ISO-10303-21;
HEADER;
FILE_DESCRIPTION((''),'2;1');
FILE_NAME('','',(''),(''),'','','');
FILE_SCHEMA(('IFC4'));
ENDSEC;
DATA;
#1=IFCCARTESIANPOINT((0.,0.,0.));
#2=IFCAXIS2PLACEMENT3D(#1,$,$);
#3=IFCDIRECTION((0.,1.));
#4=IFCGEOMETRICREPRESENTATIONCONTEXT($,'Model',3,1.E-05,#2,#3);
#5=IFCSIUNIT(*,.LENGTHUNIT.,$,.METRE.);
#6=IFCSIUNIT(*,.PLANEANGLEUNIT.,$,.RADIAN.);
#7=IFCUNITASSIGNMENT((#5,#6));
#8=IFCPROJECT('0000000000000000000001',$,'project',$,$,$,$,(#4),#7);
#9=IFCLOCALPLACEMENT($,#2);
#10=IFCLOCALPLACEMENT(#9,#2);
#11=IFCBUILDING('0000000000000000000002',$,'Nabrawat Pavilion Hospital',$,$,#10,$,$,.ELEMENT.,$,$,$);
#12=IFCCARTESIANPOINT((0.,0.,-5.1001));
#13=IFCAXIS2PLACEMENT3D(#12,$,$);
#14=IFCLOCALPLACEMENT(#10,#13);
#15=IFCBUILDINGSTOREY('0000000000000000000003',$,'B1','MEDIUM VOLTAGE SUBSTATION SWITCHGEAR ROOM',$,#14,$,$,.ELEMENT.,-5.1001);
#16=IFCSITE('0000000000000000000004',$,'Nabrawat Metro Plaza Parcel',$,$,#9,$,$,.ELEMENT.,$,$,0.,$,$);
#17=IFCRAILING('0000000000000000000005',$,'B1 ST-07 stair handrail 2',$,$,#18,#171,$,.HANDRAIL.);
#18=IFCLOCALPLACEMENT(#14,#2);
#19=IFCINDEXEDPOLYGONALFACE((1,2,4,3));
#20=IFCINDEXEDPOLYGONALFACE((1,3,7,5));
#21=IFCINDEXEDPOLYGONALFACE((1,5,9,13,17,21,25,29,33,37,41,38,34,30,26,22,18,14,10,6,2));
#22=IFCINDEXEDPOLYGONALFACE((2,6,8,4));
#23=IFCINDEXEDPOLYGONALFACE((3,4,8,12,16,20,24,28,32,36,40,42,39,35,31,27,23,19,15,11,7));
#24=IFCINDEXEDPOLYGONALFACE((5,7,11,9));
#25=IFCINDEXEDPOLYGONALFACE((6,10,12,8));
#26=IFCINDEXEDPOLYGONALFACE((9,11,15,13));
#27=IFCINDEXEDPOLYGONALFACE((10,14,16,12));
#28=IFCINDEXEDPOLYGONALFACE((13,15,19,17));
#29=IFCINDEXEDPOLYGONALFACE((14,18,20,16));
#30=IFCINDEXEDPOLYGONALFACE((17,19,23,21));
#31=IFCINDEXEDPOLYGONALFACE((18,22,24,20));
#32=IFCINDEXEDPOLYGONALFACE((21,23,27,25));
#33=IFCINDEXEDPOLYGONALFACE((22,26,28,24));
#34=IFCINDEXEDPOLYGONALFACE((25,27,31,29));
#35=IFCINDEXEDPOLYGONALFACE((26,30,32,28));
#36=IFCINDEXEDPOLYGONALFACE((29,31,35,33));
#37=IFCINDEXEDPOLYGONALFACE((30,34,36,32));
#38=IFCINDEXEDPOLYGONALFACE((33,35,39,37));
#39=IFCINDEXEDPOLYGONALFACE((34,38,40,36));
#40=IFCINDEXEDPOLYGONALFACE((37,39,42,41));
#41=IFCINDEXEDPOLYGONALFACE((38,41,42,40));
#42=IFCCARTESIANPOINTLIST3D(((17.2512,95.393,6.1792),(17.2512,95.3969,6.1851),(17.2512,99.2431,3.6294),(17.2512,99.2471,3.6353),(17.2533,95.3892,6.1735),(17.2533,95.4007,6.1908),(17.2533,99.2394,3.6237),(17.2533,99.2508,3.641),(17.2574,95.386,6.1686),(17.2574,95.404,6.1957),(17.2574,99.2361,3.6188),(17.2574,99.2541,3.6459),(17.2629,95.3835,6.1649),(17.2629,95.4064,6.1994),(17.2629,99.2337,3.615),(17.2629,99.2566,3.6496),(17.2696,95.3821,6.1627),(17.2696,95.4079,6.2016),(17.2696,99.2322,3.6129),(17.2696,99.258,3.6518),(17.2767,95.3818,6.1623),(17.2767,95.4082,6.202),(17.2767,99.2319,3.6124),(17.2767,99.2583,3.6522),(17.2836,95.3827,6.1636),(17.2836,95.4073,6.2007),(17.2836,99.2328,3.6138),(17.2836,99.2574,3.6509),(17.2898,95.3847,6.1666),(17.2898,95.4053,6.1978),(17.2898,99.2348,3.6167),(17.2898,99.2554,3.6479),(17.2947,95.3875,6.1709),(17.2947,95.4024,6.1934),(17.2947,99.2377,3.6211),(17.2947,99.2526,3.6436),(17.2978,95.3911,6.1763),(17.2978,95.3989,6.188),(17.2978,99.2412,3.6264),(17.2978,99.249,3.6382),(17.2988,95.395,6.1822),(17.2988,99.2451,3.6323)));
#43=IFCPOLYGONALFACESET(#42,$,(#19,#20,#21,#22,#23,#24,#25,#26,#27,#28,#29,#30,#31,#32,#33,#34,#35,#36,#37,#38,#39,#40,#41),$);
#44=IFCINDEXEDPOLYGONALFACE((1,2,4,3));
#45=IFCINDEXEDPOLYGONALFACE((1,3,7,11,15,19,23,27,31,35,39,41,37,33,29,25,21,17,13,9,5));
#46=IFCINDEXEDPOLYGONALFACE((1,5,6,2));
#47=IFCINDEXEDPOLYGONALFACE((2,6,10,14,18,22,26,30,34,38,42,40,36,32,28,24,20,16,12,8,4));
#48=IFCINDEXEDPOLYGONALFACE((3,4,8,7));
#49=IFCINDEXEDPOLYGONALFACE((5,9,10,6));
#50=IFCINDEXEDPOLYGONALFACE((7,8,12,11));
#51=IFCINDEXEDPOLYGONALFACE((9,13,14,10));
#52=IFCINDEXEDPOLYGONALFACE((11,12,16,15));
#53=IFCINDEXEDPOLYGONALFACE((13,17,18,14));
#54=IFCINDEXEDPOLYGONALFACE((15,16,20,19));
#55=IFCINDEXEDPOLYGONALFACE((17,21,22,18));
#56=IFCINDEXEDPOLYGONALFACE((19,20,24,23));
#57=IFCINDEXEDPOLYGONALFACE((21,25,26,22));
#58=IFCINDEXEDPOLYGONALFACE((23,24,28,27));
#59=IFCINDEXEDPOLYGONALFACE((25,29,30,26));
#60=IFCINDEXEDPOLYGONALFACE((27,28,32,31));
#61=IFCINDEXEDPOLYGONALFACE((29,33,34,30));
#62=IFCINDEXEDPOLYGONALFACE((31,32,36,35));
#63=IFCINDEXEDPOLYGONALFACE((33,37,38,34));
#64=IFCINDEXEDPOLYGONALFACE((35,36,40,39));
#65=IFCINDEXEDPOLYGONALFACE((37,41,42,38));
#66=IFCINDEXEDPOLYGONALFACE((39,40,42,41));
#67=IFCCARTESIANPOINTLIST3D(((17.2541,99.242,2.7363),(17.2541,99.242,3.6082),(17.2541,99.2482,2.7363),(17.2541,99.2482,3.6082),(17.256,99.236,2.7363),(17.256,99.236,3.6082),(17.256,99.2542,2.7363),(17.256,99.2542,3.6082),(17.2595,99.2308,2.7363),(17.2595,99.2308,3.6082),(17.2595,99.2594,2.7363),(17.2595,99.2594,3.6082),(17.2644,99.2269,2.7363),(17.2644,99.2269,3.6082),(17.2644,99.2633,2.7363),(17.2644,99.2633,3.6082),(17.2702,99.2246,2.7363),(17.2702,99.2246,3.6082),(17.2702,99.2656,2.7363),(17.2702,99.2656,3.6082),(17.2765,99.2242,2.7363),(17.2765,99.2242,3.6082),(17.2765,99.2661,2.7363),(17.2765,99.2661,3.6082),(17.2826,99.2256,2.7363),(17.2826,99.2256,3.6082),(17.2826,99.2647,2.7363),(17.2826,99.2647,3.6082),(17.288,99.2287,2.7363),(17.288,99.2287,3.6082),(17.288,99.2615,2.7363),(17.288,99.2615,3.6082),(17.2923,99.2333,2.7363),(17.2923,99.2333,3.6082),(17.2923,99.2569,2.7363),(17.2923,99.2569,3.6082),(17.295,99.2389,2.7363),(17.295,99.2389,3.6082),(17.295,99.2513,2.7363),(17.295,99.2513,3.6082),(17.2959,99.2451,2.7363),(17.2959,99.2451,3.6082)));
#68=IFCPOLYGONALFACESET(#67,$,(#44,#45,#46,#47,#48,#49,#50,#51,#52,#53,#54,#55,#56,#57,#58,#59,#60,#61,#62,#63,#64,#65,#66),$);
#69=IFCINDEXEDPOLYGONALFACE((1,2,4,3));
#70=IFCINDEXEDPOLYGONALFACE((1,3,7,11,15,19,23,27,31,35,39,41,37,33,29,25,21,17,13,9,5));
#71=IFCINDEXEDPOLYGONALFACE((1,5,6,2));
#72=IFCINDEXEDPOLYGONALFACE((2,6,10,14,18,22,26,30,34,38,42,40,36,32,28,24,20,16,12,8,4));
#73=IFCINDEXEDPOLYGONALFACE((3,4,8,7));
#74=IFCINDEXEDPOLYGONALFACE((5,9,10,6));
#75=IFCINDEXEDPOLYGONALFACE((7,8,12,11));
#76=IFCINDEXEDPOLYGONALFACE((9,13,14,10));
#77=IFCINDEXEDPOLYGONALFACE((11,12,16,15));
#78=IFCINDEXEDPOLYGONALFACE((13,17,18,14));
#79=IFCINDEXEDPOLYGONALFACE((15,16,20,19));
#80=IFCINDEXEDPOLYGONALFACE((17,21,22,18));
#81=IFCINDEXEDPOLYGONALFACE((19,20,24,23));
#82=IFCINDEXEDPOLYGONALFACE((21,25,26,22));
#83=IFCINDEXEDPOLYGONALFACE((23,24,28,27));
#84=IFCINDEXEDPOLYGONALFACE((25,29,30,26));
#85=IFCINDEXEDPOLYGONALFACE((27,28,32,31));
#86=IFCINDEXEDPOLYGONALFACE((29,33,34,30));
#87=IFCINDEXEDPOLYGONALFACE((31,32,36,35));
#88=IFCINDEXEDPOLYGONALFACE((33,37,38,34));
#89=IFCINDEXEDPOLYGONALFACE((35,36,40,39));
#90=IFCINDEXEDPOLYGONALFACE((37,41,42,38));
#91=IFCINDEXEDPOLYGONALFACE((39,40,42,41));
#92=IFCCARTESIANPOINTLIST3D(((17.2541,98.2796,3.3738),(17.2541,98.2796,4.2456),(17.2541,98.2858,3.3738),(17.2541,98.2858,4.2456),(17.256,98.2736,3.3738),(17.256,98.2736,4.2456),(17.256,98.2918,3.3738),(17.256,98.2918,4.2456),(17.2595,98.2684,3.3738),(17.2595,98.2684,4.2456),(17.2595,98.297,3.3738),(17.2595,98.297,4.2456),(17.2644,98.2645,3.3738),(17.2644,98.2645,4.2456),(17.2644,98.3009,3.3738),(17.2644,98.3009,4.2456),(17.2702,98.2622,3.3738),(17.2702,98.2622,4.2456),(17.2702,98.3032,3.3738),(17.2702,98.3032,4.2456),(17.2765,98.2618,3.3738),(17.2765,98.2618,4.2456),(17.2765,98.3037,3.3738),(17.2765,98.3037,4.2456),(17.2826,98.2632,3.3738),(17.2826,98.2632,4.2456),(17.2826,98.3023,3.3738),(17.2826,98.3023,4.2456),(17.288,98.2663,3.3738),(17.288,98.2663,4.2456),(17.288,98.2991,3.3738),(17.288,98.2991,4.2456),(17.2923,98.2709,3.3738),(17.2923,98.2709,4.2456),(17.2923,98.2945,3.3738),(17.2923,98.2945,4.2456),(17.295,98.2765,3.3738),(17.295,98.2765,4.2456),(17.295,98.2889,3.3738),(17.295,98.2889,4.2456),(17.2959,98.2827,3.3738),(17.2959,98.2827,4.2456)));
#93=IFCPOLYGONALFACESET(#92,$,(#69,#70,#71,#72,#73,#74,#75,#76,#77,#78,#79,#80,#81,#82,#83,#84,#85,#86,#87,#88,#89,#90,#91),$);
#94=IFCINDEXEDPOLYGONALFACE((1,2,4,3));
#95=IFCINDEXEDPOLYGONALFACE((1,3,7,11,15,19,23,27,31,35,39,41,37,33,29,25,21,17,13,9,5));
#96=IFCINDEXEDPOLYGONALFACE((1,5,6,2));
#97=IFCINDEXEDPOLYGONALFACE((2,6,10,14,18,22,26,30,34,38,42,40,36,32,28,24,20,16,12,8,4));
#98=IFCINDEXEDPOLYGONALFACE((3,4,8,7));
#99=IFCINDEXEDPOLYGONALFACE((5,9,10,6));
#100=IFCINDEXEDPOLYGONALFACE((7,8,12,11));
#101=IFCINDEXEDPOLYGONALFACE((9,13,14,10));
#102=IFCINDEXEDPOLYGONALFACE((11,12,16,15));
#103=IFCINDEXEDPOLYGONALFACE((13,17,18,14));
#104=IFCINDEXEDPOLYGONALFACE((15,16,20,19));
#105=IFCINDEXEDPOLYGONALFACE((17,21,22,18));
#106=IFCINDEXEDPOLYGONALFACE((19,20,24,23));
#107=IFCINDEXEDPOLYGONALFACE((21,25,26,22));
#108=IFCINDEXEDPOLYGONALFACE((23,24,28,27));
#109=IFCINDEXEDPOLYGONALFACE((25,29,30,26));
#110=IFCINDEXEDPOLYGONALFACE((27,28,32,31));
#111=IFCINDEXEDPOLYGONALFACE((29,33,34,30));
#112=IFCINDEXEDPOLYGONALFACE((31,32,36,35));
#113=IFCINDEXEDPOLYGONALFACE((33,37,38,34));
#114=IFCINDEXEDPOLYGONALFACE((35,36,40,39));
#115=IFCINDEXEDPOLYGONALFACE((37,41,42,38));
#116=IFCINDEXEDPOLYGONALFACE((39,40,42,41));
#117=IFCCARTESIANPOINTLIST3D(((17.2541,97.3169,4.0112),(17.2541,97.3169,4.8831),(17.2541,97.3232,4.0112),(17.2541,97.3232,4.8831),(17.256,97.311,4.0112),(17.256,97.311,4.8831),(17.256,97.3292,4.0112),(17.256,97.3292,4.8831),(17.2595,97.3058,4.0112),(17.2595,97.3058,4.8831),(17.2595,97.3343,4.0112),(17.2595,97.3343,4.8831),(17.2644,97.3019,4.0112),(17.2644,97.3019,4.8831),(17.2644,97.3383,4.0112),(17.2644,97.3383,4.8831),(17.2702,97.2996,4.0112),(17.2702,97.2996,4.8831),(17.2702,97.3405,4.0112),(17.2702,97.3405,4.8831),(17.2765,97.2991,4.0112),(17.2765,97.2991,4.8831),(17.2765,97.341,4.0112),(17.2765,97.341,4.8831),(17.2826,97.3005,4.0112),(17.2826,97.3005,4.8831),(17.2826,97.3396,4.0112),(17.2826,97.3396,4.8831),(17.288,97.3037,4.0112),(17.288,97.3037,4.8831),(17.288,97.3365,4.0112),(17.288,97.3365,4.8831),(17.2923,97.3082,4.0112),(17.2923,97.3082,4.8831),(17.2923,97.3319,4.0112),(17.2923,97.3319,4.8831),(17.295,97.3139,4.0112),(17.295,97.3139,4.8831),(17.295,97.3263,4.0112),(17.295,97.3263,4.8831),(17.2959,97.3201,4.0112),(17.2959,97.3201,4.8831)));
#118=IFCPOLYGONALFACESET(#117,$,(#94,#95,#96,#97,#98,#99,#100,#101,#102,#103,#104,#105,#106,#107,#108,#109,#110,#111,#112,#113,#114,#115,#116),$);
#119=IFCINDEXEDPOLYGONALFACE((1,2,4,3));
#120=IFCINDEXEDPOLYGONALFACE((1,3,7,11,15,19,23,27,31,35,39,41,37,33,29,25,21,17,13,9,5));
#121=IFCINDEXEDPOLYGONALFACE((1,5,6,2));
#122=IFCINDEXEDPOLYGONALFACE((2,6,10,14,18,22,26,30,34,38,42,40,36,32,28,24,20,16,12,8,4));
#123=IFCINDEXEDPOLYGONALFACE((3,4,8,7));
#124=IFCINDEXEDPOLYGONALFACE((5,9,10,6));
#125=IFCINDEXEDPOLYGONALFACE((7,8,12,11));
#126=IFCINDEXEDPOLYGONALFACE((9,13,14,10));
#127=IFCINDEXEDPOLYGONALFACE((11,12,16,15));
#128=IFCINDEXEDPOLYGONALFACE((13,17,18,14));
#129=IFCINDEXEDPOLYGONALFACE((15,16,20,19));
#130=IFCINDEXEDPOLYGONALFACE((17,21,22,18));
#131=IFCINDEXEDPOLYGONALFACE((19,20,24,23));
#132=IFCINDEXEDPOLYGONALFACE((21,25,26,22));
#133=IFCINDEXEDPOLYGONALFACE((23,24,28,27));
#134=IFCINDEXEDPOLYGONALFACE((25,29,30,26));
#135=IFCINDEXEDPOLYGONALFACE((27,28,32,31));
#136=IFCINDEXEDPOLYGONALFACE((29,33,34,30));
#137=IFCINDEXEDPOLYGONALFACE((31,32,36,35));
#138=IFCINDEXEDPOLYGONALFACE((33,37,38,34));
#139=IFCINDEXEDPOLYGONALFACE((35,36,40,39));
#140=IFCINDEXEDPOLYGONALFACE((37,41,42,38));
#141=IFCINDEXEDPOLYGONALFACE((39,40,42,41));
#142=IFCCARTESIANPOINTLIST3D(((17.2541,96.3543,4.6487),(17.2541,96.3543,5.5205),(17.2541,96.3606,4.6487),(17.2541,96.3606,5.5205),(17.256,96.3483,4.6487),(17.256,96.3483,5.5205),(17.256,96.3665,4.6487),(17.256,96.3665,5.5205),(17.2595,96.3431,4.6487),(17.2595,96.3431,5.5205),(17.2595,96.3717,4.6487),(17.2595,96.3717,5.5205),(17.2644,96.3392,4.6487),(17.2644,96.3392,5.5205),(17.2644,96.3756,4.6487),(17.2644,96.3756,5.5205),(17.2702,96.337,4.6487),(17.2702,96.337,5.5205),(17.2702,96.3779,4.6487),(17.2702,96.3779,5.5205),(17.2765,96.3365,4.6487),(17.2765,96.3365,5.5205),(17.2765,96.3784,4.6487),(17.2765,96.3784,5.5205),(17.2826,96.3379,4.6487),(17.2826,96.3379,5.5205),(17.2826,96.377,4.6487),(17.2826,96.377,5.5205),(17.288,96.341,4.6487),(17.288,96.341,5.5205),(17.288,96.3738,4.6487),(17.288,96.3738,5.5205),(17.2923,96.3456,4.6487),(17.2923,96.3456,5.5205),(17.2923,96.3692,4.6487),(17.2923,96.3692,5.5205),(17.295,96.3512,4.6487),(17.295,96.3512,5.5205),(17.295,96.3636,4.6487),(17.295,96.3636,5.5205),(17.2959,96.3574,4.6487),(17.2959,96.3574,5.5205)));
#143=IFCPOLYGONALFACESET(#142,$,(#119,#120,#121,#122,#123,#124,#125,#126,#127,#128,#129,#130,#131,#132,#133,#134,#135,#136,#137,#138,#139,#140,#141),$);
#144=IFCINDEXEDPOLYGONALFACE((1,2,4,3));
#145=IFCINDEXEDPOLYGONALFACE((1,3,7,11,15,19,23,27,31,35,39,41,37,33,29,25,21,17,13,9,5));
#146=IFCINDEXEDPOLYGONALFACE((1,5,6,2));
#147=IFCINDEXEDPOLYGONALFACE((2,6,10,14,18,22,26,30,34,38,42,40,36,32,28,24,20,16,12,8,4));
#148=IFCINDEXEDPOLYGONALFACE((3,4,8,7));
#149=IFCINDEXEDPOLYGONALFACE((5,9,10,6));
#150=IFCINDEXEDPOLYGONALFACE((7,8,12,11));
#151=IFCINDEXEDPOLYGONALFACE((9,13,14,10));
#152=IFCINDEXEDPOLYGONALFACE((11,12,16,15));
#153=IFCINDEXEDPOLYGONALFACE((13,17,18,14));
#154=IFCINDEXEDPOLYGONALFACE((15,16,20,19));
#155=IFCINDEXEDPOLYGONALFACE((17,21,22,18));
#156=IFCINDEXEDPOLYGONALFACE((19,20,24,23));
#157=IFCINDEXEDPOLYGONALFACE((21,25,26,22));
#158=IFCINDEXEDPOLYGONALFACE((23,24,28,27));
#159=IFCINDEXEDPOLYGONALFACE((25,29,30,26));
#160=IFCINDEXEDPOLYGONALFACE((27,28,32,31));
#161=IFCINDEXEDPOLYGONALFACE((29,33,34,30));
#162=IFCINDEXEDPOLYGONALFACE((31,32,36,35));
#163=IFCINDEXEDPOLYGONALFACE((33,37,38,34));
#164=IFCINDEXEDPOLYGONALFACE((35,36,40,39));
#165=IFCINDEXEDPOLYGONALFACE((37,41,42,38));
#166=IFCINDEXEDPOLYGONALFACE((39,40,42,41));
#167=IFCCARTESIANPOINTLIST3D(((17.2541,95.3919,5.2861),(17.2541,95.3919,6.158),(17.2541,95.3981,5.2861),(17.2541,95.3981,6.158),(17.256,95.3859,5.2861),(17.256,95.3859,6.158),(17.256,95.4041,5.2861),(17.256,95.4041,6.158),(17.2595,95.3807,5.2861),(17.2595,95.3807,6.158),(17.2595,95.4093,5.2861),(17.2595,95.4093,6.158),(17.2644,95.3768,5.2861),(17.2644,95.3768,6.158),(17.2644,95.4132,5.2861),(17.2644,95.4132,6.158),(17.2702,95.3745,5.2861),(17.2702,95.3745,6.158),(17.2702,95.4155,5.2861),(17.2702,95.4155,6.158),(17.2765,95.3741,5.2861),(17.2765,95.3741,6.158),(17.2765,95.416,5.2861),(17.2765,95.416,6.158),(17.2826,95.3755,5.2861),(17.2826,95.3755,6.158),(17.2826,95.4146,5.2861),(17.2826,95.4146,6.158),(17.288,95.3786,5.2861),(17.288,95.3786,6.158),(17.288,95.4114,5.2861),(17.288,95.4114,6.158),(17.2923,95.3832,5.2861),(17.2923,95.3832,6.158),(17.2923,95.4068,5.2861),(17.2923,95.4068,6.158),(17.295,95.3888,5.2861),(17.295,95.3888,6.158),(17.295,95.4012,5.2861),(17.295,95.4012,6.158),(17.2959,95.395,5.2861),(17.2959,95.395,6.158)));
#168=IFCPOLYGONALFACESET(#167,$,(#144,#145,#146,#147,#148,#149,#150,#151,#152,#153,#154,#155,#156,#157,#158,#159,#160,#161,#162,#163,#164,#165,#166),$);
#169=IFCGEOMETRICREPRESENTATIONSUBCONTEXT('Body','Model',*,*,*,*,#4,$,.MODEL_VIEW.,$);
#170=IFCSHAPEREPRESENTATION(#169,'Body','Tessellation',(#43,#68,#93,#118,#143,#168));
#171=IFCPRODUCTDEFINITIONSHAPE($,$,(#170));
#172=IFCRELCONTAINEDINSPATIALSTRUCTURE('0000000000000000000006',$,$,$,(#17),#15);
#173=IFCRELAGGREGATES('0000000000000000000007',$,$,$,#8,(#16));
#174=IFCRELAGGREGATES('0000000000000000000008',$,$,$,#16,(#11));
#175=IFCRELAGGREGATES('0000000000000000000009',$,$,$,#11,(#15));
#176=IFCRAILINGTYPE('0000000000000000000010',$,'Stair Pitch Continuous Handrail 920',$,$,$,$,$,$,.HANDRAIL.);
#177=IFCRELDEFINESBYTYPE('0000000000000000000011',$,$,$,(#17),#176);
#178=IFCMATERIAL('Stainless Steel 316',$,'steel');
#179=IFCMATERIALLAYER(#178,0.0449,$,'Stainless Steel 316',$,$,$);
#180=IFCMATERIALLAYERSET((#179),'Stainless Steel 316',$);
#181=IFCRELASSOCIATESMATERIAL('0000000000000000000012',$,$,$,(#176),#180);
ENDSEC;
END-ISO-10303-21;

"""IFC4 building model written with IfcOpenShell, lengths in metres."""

from ifc_helpers import new_model, si_unit, direction, frame, origin, origin_2d, place, context, subcontext, project, spatial, circle, extrude, material, layer, layer_set, type_object, element, save


model = new_model("IFC4")

# Units and contexts
model_context = context("Model", 3, precision=1e-05, world=origin(), true_north=direction((0.0, 1.0)))
body_context = subcontext(model_context, "Body", "Model", "MODEL_VIEW")
ifc_project = project(units=[si_unit("LENGTHUNIT", "METRE"), si_unit("PLANEANGLEUNIT", "RADIAN")], contexts=[model_context])

# Site, building, storey
site_placement = place(None, origin())
site = spatial("IfcSite", under=ifc_project, at=site_placement, Name="Nabrawat Metro Plaza Parcel", CompositionType="ELEMENT", RefElevation=0.0)
building_placement = place(site_placement, origin())
building = spatial("IfcBuilding", under=site, at=building_placement, Name="Nabrawat Pavilion Hospital", CompositionType="ELEMENT")
storey_placement = place(building_placement, frame((0.0, 0.0, -5.1001)))
storey = spatial("IfcBuildingStorey", under=building, at=storey_placement, Name="B1", Description="MEDIUM VOLTAGE SUBSTATION SWITCHGEAR ROOM", CompositionType="ELEMENT", Elevation=-5.1001)

# Railing
ifc_material_1 = material(Name="Stainless Steel 316", Category="steel")
ifc_layer_1 = layer(ifc_material_1, 0.0449, Name="Stainless Steel 316")
ifc_layer_set_1 = layer_set([ifc_layer_1], Name="Stainless Steel 316")
railing_type_1 = type_object("IfcRailingType", Name="Stair Pitch Continuous Handrail 920", PredefinedType="HANDRAIL", material=ifc_layer_set_1)
railing_1_placement = place(storey_placement, frame((17.2749, 99.2451, 2.7363)))
element("IfcRailing", 1, at=railing_1_placement, inside=storey, type_object=railing_type_1, Name="B1 ST-07 stair handrail 2", PredefinedType="HANDRAIL", context=body_context, shape_type="SweptSolid", body=[
    extrude(circle(Radius=0.0239, at=origin_2d()), frame((0.0, 0.0, 0.896), z_axis=(0.0, -0.833738, 0.55216), x_axis=(1.0, 0.0, 0.0)), (0.0, 0.0, 1.0), 4.6179),
    extrude(circle(Radius=0.021, at=origin_2d()), origin(), (0.0, 0.0, 1.0), 0.8718),
    extrude(circle(Radius=0.021, at=origin_2d()), frame((0.0, -0.9624, 0.6375)), (0.0, 0.0, 1.0), 0.8718),
    extrude(circle(Radius=0.021, at=origin_2d()), frame((0.0, -1.925, 1.2749)), (0.0, 0.0, 1.0), 0.8718),
    extrude(circle(Radius=0.021, at=origin_2d()), frame((0.0, -2.8877, 1.9124)), (0.0, 0.0, 1.0), 0.8718),
    extrude(circle(Radius=0.021, at=origin_2d()), frame((0.0, -3.8501, 2.5498)), (0.0, 0.0, 1.0), 0.8718),
])

save(model, "model.ifc")
